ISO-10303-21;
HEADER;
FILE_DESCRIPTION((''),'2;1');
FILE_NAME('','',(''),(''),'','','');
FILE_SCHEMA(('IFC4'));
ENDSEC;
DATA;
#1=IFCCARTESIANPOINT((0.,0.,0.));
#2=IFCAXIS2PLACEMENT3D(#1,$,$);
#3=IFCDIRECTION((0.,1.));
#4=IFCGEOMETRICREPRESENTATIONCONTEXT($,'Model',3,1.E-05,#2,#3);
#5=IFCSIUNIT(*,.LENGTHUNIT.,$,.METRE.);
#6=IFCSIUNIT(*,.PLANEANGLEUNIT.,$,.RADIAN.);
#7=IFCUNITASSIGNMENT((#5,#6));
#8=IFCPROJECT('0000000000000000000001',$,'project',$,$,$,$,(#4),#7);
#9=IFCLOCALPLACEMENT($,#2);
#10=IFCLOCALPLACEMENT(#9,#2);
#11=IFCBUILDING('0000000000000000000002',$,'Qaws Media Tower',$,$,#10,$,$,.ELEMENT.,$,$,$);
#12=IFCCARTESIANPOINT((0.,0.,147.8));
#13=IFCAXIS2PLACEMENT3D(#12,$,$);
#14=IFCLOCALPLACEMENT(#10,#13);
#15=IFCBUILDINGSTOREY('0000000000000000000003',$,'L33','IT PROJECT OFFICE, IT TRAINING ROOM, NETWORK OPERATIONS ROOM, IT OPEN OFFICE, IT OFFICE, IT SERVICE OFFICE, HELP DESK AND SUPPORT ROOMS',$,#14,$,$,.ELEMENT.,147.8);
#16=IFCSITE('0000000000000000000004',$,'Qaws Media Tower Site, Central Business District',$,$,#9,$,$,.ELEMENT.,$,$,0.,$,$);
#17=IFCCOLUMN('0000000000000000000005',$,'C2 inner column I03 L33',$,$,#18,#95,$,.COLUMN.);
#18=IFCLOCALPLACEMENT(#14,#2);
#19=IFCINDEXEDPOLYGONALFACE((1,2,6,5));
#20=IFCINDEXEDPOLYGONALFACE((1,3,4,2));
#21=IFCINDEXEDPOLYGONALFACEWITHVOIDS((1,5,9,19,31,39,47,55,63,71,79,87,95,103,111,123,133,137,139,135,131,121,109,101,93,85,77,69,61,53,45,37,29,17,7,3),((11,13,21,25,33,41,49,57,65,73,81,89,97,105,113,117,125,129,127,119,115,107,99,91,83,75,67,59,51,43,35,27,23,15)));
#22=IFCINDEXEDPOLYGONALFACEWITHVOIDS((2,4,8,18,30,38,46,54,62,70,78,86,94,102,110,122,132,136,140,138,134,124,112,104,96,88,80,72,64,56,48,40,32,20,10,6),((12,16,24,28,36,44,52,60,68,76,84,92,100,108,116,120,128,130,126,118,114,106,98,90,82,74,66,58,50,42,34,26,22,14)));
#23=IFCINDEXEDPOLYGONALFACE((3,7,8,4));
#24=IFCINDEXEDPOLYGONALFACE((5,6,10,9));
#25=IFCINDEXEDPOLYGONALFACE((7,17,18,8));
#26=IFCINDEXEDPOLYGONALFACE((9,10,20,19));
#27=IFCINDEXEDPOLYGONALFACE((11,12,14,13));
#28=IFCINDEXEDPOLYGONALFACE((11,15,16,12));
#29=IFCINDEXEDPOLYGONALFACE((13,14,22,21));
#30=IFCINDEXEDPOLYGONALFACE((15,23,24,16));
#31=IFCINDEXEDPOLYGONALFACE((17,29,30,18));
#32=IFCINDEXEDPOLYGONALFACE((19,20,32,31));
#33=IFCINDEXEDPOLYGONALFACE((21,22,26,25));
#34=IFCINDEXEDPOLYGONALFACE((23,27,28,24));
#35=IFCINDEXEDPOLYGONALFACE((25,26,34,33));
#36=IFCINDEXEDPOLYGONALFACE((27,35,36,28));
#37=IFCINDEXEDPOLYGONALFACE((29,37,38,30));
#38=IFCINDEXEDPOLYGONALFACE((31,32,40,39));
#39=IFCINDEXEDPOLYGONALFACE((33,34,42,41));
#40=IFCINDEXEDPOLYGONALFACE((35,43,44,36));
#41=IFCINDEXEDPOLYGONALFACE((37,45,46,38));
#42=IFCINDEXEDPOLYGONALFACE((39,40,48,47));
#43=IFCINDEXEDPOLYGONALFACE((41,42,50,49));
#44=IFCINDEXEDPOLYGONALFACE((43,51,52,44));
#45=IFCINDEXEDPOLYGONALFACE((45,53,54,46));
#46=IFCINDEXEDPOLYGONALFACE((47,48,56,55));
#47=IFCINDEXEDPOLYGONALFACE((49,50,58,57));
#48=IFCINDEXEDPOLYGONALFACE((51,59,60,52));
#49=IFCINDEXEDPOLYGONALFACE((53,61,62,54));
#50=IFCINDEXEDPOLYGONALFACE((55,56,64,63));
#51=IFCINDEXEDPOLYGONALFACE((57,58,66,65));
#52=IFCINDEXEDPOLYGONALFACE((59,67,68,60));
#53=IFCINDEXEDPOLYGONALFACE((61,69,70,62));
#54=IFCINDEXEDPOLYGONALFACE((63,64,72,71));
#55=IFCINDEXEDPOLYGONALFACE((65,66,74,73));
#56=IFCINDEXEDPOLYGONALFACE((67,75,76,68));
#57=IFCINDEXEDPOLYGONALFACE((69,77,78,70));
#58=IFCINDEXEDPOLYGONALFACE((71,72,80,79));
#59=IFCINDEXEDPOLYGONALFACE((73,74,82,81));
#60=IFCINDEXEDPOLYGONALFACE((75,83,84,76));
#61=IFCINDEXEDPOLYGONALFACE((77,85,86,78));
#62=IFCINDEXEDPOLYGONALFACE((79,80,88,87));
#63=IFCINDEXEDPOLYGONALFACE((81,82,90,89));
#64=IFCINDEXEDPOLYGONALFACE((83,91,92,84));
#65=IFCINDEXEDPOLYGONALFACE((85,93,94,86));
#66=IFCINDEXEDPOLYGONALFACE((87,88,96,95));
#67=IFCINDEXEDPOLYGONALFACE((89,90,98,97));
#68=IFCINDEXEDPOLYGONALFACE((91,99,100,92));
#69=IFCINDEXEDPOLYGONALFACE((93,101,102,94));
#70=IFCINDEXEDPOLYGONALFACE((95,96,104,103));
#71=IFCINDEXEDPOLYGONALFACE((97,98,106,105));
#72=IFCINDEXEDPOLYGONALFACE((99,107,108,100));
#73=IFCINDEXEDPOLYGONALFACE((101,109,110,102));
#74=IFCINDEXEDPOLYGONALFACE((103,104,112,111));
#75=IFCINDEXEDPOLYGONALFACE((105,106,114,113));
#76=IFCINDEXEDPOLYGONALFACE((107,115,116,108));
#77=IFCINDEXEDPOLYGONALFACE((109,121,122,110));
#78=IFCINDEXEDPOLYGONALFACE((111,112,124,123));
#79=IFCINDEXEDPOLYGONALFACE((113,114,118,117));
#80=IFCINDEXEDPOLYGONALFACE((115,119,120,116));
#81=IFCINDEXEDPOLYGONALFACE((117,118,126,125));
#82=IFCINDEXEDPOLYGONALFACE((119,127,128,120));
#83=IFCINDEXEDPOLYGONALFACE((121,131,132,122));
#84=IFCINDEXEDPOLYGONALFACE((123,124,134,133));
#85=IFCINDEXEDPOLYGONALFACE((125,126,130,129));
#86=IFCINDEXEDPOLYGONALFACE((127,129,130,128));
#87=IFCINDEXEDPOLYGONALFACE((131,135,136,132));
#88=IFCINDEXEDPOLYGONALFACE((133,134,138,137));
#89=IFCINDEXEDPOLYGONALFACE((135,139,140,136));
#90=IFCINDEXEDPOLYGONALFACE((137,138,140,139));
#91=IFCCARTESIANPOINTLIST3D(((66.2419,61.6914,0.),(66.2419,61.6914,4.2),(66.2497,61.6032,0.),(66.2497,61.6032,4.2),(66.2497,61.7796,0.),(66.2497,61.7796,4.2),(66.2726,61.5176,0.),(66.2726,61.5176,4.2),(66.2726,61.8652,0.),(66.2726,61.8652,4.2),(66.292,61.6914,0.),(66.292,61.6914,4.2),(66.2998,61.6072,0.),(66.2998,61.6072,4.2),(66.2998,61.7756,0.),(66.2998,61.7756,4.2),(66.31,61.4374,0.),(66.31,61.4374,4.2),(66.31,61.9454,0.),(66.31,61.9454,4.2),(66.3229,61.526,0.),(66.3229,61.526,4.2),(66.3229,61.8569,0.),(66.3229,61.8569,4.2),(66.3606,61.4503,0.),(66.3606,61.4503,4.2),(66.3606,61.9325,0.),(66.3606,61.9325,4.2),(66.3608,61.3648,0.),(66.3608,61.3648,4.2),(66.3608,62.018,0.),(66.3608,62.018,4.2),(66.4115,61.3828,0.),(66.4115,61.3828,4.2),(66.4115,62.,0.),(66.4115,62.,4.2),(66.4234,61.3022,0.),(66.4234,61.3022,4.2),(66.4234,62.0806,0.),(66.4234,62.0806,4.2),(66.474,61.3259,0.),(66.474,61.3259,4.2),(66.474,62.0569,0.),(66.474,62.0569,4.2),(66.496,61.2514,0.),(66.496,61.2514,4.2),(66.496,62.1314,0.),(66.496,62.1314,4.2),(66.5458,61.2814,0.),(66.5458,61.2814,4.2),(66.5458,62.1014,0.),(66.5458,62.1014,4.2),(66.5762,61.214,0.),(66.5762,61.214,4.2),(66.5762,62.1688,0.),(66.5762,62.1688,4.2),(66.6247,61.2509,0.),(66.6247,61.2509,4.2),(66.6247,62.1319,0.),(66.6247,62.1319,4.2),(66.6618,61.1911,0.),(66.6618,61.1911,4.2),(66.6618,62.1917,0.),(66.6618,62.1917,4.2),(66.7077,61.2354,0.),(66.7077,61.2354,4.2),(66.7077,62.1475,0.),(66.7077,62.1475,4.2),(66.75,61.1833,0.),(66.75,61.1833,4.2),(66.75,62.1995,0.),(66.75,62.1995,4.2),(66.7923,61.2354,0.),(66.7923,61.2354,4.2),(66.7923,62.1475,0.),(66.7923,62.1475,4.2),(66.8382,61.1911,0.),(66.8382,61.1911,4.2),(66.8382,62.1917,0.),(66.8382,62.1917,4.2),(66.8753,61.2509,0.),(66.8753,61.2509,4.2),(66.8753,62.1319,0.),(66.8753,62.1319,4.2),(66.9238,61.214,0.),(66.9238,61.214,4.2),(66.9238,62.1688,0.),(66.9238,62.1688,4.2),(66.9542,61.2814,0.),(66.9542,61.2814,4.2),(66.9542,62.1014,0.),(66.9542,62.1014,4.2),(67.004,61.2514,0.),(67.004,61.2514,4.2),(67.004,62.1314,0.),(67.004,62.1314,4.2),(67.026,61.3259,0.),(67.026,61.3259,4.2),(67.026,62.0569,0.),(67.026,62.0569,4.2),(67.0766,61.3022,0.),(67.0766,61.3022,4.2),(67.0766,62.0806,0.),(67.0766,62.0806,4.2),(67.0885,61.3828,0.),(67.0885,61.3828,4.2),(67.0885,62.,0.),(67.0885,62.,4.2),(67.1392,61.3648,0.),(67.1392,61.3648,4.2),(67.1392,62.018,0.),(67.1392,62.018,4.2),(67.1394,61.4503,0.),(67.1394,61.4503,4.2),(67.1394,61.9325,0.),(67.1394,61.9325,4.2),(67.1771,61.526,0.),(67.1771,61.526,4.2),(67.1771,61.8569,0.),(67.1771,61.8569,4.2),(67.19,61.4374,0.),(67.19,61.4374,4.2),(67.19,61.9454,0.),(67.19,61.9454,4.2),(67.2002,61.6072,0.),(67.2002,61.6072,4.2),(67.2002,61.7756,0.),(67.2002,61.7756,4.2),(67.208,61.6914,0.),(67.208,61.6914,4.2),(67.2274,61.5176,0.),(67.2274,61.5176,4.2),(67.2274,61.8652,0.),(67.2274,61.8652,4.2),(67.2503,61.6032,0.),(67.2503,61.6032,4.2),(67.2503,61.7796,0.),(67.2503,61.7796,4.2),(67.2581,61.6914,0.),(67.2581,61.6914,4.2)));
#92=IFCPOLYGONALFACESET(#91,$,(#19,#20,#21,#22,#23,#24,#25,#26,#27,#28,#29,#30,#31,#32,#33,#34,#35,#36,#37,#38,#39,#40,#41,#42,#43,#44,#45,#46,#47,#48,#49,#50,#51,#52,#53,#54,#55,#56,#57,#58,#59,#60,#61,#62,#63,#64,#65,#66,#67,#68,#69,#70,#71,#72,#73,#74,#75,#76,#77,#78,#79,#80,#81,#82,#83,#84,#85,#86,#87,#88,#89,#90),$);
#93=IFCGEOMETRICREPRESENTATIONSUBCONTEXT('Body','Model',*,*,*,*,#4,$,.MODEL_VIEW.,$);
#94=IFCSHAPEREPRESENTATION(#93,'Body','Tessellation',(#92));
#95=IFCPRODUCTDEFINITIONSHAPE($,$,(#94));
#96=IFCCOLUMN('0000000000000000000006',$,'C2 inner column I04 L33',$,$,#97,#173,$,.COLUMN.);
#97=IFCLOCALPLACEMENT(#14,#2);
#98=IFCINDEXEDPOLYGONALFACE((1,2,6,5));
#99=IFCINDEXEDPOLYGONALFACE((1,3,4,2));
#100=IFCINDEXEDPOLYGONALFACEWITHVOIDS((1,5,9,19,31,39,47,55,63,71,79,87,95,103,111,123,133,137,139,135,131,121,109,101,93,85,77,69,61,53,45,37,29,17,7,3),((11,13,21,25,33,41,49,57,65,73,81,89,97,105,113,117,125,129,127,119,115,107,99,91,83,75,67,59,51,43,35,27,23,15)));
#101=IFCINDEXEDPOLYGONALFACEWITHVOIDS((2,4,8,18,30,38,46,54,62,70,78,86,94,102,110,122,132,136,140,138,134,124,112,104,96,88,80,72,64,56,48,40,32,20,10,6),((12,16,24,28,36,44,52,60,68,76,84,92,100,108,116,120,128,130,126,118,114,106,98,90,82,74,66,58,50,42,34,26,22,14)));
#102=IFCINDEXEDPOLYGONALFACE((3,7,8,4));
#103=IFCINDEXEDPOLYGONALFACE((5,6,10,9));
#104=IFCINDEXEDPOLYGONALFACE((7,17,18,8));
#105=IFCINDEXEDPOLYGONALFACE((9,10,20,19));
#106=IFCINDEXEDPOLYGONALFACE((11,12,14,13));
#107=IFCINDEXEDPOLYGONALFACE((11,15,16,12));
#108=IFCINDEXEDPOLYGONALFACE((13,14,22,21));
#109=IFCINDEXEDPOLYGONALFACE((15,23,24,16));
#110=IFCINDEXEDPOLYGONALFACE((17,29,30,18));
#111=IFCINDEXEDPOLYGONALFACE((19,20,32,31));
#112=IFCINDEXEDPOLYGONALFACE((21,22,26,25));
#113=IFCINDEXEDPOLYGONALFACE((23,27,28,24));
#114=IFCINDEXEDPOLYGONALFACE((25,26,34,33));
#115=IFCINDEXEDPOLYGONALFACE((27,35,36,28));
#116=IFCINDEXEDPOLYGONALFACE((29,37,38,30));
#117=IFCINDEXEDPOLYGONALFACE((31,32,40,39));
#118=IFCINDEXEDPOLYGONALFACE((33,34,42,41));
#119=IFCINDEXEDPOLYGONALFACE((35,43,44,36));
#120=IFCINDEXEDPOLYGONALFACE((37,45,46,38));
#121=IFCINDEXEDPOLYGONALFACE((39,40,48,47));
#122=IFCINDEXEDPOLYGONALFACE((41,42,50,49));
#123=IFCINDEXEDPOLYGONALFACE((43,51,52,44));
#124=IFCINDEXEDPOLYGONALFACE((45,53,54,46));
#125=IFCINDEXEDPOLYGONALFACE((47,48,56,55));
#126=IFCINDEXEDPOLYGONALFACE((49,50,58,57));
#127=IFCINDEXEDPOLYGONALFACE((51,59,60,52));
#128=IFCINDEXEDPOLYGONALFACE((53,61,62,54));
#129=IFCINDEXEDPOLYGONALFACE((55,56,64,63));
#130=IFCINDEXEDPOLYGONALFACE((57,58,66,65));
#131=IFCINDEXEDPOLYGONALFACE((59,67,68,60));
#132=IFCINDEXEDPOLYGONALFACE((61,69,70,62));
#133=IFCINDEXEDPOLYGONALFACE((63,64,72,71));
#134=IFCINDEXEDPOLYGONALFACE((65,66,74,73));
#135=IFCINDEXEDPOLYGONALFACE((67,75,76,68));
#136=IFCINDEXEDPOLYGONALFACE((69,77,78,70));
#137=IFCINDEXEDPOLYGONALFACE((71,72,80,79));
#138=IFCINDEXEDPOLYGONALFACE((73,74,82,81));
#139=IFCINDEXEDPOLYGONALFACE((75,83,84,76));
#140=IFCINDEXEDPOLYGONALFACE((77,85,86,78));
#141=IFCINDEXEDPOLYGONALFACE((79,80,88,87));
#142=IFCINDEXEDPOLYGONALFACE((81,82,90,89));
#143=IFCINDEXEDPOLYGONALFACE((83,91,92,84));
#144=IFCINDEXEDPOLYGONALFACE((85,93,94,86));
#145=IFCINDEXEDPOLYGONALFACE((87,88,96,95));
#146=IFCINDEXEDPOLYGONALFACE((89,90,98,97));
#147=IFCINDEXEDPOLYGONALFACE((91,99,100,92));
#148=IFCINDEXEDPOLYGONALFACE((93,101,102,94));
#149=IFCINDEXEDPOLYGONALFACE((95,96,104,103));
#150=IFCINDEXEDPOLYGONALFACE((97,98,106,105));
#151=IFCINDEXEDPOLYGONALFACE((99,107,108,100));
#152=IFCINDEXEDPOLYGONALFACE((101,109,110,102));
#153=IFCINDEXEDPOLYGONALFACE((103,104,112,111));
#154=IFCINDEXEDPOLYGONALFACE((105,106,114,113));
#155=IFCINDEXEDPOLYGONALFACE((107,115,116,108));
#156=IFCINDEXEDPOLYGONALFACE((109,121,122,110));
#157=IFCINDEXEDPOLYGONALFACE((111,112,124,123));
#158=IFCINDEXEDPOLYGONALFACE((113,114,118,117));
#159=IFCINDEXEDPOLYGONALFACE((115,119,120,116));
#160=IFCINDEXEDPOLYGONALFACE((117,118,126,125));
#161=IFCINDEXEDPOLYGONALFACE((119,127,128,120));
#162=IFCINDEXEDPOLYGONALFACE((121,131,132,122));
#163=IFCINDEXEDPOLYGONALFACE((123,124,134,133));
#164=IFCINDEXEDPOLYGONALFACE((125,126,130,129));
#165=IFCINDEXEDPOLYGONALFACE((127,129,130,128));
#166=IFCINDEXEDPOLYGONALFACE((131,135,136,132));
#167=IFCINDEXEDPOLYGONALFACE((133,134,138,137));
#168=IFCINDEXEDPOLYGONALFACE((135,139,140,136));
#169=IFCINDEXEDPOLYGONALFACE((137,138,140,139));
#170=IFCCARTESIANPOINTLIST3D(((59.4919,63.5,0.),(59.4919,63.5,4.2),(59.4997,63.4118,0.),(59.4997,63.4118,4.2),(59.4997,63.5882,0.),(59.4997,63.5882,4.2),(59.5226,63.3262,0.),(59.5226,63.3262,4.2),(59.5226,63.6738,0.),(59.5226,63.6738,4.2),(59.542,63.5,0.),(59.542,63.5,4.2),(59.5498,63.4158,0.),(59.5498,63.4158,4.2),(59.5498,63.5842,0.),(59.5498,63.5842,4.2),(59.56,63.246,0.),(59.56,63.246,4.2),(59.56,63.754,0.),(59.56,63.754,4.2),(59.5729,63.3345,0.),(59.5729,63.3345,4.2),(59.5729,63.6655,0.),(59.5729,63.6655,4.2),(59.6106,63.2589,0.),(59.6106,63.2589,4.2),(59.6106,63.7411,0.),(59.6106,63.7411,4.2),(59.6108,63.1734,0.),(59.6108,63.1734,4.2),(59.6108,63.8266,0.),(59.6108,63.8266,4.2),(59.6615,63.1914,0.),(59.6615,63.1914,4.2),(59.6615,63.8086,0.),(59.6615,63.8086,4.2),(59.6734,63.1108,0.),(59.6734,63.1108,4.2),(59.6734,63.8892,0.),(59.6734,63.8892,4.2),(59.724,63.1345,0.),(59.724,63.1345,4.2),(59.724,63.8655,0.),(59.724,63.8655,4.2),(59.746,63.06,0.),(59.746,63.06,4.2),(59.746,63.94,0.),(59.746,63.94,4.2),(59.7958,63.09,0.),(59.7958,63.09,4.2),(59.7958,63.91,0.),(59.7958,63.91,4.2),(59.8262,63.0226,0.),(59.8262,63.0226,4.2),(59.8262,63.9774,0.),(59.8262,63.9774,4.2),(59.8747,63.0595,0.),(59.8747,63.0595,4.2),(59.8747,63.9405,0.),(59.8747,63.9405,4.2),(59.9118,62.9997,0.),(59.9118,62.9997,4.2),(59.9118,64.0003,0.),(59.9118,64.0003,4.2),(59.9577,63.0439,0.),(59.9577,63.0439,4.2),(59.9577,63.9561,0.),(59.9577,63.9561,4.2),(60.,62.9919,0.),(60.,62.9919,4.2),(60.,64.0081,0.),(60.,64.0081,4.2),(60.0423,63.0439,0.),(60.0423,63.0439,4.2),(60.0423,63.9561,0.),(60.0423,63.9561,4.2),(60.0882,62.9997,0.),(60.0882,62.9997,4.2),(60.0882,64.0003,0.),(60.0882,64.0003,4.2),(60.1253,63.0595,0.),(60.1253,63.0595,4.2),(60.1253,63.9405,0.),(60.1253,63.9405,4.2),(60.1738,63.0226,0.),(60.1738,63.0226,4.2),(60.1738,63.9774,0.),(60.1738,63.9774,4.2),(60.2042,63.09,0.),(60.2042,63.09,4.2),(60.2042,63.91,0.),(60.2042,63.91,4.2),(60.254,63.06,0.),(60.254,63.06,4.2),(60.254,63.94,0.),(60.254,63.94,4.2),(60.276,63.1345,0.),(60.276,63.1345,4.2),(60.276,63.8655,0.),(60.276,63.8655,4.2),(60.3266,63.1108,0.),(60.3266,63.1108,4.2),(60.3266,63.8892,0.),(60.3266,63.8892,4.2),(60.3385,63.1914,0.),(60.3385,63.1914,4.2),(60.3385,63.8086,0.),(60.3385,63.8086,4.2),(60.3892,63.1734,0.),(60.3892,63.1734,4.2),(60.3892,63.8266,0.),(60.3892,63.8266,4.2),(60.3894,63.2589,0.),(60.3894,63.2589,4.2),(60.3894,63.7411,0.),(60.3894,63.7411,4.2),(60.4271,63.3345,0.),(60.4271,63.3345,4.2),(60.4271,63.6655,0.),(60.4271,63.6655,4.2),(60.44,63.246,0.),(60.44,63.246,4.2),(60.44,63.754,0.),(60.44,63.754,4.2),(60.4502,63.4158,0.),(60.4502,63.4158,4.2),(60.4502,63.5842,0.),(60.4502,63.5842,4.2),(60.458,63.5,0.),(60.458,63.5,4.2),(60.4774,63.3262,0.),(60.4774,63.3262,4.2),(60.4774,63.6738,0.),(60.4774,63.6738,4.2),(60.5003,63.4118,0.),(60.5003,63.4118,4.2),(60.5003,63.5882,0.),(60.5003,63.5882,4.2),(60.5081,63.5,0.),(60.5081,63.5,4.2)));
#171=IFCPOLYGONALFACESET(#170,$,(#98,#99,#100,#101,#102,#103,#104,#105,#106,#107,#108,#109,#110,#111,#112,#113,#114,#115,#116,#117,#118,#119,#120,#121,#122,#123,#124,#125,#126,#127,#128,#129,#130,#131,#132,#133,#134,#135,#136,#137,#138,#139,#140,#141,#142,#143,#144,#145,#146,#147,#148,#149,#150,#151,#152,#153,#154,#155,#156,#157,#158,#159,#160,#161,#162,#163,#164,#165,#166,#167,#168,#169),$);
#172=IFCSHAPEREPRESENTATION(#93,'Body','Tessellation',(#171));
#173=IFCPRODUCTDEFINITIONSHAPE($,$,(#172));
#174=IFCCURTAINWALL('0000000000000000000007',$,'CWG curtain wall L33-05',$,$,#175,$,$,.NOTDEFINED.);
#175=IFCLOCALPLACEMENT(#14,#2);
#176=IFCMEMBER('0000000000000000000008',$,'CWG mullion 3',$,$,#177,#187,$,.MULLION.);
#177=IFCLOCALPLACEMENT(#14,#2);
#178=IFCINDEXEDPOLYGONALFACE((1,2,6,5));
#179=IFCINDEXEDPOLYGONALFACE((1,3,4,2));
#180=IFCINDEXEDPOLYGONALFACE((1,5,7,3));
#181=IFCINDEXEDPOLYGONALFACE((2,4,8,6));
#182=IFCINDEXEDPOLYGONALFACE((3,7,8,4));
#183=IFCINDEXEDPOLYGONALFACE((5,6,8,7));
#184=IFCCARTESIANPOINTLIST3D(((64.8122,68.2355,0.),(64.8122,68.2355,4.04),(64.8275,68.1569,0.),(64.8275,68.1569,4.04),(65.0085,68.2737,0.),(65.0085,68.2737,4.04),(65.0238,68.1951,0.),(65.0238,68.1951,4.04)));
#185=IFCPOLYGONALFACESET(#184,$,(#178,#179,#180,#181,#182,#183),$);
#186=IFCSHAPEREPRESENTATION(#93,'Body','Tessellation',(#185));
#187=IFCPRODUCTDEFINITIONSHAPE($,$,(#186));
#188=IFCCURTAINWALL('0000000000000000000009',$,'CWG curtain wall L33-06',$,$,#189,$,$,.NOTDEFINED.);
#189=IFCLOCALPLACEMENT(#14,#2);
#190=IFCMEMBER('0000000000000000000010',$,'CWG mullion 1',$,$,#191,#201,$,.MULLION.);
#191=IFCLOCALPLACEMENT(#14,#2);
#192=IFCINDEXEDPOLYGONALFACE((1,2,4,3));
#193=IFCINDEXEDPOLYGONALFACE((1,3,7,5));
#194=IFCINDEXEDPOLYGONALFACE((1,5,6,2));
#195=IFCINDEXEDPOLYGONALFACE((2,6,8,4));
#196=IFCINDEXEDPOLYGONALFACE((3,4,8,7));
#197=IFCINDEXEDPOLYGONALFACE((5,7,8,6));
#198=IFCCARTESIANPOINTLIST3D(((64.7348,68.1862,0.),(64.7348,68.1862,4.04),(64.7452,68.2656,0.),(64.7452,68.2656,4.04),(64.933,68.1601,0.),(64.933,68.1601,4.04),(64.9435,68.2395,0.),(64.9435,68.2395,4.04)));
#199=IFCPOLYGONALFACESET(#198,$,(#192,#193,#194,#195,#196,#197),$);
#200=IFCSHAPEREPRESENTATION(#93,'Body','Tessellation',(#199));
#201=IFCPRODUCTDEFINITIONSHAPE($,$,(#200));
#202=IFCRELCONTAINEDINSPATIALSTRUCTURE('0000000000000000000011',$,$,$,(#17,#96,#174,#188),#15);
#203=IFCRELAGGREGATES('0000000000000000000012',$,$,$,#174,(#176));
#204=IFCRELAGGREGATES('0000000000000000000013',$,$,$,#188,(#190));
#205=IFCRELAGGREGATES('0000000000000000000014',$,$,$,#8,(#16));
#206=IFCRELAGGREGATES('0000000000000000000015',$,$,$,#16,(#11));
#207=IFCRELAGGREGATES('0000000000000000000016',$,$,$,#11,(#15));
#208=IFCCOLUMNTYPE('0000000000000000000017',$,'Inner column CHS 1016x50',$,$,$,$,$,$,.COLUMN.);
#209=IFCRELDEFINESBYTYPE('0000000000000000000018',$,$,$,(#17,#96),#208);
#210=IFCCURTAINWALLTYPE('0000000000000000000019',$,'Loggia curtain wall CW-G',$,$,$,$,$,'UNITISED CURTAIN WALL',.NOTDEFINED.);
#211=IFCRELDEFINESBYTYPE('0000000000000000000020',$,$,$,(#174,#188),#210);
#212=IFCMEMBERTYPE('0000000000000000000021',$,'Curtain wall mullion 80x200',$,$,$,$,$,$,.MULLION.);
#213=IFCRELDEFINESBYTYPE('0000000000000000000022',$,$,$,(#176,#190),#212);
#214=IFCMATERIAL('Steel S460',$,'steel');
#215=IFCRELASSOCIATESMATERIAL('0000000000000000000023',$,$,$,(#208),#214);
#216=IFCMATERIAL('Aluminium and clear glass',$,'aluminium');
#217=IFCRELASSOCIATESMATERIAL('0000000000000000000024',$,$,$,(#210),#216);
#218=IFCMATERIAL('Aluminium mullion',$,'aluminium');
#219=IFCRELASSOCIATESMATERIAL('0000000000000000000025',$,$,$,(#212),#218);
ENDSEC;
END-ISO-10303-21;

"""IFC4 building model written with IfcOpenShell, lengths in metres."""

from ifc_helpers import new_model, si_unit, direction, frame, origin, origin_2d, place, context, subcontext, project, spatial, rectangle, hollow_circle, extrude, material, material_profile, profile_set, type_object, element, aggregate, save


model = new_model("IFC4")

# Units and contexts
model_context = context("Model", 3, precision=1e-05, world=origin(), true_north=direction((0.0, 1.0)))
body_context = subcontext(model_context, "Body", "Model", "MODEL_VIEW")
ifc_project = project(units=[si_unit("LENGTHUNIT", "METRE"), si_unit("PLANEANGLEUNIT", "RADIAN")], contexts=[model_context])

# Site, building, storey
site_placement = place(None, origin())
site = spatial("IfcSite", under=ifc_project, at=site_placement, Name="Qaws Media Tower Site, Central Business District", CompositionType="ELEMENT", RefElevation=0.0)
building_placement = place(site_placement, origin())
building = spatial("IfcBuilding", under=site, at=building_placement, Name="Qaws Media Tower", CompositionType="ELEMENT")
storey_placement = place(building_placement, frame((0.0, 0.0, 147.8)))
storey = spatial("IfcBuildingStorey", under=building, at=storey_placement, Name="L33", Description="IT PROJECT OFFICE, IT TRAINING ROOM, NETWORK OPERATIONS ROOM, IT OPEN OFFICE, IT OFFICE, IT SERVICE OFFICE, HELP DESK AND SUPPORT ROOMS", CompositionType="ELEMENT", Elevation=147.8)

# Columns
ifc_material_1 = material(Name="Steel S460", Category="steel")
ifc_material_profile_1 = material_profile(ifc_material_1, hollow_circle(Radius=0.5081, WallThickness=0.05, at=origin_2d()), Name="CHS 1016x50")
ifc_profile_set_1 = profile_set([ifc_material_profile_1], Name="Steel S460")
column_type = type_object("IfcColumnType", Name="Inner column CHS 1016x50", PredefinedType="COLUMN", material=ifc_profile_set_1)
for number, where, z_axis, x_axis, name in (
    (1, (66.75, 61.6914, 0.0), (0.0, 0.0, 1.0), (1.0, 0.0, 0.0), "C2 inner column I03 L33"),
    (2, (60.0, 63.5, 0.0), (0.0, 0.0, 1.0), (1.0, 0.0, 0.0), "C2 inner column I04 L33"),
):
    element("IfcColumn", number, at=place(storey_placement, frame(where, z_axis=z_axis, x_axis=x_axis)), inside=storey, type_object=column_type, Name=name, PredefinedType="COLUMN", context=body_context, shape_type="SweptSolid", body=[
        extrude(hollow_circle(Radius=0.5081, WallThickness=0.05, at=origin_2d()), origin(), (0.0, 0.0, 1.0), 4.2),
    ])

# Curtain wall, member
ifc_material_2 = material(Name="Aluminium and clear glass", Category="aluminium")
curtain_wall_type = type_object("IfcCurtainWallType", Name="Loggia curtain wall CW-G", ElementType="UNITISED CURTAIN WALL", PredefinedType="NOTDEFINED", material=ifc_material_2)
curtain_wall_1_placement = place(storey_placement, origin())
curtain_wall_1 = element("IfcCurtainWall", 3, at=curtain_wall_1_placement, inside=storey, type_object=curtain_wall_type, Name="CWG curtain wall L33-05", PredefinedType="NOTDEFINED")
ifc_material_3 = material(Name="Aluminium mullion", Category="aluminium")
ifc_material_profile_2 = material_profile(ifc_material_3, rectangle(XDim=0.0801, YDim=0.2, at=origin_2d()), Name="80x200")
ifc_profile_set_2 = profile_set([ifc_material_profile_2], Name="Aluminium mullion")
member_type_1 = type_object("IfcMemberType", Name="Curtain wall mullion 80x200", PredefinedType="MULLION", material=ifc_profile_set_2)
member_1_placement = place(storey_placement, frame((64.918, 68.2153, 0.0), z_axis=(0.0, 0.0, 1.0), x_axis=(0.190955, -0.981599, 0.0)))
member_1 = element("IfcMember", 4, at=member_1_placement, type_object=member_type_1, Name="CWG mullion 3", PredefinedType="MULLION", context=body_context, shape_type="SweptSolid", body=[
    extrude(rectangle(XDim=0.0801, YDim=0.2, at=origin_2d()), origin(), (0.0, 0.0, 1.0), 4.04),
])
aggregate(curtain_wall_1, [member_1])

# Curtain wall, member
curtain_wall_2_placement = place(storey_placement, origin())
curtain_wall_2 = element("IfcCurtainWall", 5, at=curtain_wall_2_placement, inside=storey, type_object=curtain_wall_type, Name="CWG curtain wall L33-06", PredefinedType="NOTDEFINED")
member_2_placement = place(storey_placement, frame((64.8391, 68.2129, 0.0), z_axis=(0.0, 0.0, 1.0), x_axis=(-0.130526, -0.991445, 0.0)))
member_2 = element("IfcMember", 6, at=member_2_placement, type_object=member_type_1, Name="CWG mullion 1", PredefinedType="MULLION", context=body_context, shape_type="SweptSolid", body=[
    extrude(rectangle(XDim=0.0801, YDim=0.2, at=origin_2d()), origin(), (0.0, 0.0, 1.0), 4.04),
])
aggregate(curtain_wall_2, [member_2])

save(model, "model.ifc")
